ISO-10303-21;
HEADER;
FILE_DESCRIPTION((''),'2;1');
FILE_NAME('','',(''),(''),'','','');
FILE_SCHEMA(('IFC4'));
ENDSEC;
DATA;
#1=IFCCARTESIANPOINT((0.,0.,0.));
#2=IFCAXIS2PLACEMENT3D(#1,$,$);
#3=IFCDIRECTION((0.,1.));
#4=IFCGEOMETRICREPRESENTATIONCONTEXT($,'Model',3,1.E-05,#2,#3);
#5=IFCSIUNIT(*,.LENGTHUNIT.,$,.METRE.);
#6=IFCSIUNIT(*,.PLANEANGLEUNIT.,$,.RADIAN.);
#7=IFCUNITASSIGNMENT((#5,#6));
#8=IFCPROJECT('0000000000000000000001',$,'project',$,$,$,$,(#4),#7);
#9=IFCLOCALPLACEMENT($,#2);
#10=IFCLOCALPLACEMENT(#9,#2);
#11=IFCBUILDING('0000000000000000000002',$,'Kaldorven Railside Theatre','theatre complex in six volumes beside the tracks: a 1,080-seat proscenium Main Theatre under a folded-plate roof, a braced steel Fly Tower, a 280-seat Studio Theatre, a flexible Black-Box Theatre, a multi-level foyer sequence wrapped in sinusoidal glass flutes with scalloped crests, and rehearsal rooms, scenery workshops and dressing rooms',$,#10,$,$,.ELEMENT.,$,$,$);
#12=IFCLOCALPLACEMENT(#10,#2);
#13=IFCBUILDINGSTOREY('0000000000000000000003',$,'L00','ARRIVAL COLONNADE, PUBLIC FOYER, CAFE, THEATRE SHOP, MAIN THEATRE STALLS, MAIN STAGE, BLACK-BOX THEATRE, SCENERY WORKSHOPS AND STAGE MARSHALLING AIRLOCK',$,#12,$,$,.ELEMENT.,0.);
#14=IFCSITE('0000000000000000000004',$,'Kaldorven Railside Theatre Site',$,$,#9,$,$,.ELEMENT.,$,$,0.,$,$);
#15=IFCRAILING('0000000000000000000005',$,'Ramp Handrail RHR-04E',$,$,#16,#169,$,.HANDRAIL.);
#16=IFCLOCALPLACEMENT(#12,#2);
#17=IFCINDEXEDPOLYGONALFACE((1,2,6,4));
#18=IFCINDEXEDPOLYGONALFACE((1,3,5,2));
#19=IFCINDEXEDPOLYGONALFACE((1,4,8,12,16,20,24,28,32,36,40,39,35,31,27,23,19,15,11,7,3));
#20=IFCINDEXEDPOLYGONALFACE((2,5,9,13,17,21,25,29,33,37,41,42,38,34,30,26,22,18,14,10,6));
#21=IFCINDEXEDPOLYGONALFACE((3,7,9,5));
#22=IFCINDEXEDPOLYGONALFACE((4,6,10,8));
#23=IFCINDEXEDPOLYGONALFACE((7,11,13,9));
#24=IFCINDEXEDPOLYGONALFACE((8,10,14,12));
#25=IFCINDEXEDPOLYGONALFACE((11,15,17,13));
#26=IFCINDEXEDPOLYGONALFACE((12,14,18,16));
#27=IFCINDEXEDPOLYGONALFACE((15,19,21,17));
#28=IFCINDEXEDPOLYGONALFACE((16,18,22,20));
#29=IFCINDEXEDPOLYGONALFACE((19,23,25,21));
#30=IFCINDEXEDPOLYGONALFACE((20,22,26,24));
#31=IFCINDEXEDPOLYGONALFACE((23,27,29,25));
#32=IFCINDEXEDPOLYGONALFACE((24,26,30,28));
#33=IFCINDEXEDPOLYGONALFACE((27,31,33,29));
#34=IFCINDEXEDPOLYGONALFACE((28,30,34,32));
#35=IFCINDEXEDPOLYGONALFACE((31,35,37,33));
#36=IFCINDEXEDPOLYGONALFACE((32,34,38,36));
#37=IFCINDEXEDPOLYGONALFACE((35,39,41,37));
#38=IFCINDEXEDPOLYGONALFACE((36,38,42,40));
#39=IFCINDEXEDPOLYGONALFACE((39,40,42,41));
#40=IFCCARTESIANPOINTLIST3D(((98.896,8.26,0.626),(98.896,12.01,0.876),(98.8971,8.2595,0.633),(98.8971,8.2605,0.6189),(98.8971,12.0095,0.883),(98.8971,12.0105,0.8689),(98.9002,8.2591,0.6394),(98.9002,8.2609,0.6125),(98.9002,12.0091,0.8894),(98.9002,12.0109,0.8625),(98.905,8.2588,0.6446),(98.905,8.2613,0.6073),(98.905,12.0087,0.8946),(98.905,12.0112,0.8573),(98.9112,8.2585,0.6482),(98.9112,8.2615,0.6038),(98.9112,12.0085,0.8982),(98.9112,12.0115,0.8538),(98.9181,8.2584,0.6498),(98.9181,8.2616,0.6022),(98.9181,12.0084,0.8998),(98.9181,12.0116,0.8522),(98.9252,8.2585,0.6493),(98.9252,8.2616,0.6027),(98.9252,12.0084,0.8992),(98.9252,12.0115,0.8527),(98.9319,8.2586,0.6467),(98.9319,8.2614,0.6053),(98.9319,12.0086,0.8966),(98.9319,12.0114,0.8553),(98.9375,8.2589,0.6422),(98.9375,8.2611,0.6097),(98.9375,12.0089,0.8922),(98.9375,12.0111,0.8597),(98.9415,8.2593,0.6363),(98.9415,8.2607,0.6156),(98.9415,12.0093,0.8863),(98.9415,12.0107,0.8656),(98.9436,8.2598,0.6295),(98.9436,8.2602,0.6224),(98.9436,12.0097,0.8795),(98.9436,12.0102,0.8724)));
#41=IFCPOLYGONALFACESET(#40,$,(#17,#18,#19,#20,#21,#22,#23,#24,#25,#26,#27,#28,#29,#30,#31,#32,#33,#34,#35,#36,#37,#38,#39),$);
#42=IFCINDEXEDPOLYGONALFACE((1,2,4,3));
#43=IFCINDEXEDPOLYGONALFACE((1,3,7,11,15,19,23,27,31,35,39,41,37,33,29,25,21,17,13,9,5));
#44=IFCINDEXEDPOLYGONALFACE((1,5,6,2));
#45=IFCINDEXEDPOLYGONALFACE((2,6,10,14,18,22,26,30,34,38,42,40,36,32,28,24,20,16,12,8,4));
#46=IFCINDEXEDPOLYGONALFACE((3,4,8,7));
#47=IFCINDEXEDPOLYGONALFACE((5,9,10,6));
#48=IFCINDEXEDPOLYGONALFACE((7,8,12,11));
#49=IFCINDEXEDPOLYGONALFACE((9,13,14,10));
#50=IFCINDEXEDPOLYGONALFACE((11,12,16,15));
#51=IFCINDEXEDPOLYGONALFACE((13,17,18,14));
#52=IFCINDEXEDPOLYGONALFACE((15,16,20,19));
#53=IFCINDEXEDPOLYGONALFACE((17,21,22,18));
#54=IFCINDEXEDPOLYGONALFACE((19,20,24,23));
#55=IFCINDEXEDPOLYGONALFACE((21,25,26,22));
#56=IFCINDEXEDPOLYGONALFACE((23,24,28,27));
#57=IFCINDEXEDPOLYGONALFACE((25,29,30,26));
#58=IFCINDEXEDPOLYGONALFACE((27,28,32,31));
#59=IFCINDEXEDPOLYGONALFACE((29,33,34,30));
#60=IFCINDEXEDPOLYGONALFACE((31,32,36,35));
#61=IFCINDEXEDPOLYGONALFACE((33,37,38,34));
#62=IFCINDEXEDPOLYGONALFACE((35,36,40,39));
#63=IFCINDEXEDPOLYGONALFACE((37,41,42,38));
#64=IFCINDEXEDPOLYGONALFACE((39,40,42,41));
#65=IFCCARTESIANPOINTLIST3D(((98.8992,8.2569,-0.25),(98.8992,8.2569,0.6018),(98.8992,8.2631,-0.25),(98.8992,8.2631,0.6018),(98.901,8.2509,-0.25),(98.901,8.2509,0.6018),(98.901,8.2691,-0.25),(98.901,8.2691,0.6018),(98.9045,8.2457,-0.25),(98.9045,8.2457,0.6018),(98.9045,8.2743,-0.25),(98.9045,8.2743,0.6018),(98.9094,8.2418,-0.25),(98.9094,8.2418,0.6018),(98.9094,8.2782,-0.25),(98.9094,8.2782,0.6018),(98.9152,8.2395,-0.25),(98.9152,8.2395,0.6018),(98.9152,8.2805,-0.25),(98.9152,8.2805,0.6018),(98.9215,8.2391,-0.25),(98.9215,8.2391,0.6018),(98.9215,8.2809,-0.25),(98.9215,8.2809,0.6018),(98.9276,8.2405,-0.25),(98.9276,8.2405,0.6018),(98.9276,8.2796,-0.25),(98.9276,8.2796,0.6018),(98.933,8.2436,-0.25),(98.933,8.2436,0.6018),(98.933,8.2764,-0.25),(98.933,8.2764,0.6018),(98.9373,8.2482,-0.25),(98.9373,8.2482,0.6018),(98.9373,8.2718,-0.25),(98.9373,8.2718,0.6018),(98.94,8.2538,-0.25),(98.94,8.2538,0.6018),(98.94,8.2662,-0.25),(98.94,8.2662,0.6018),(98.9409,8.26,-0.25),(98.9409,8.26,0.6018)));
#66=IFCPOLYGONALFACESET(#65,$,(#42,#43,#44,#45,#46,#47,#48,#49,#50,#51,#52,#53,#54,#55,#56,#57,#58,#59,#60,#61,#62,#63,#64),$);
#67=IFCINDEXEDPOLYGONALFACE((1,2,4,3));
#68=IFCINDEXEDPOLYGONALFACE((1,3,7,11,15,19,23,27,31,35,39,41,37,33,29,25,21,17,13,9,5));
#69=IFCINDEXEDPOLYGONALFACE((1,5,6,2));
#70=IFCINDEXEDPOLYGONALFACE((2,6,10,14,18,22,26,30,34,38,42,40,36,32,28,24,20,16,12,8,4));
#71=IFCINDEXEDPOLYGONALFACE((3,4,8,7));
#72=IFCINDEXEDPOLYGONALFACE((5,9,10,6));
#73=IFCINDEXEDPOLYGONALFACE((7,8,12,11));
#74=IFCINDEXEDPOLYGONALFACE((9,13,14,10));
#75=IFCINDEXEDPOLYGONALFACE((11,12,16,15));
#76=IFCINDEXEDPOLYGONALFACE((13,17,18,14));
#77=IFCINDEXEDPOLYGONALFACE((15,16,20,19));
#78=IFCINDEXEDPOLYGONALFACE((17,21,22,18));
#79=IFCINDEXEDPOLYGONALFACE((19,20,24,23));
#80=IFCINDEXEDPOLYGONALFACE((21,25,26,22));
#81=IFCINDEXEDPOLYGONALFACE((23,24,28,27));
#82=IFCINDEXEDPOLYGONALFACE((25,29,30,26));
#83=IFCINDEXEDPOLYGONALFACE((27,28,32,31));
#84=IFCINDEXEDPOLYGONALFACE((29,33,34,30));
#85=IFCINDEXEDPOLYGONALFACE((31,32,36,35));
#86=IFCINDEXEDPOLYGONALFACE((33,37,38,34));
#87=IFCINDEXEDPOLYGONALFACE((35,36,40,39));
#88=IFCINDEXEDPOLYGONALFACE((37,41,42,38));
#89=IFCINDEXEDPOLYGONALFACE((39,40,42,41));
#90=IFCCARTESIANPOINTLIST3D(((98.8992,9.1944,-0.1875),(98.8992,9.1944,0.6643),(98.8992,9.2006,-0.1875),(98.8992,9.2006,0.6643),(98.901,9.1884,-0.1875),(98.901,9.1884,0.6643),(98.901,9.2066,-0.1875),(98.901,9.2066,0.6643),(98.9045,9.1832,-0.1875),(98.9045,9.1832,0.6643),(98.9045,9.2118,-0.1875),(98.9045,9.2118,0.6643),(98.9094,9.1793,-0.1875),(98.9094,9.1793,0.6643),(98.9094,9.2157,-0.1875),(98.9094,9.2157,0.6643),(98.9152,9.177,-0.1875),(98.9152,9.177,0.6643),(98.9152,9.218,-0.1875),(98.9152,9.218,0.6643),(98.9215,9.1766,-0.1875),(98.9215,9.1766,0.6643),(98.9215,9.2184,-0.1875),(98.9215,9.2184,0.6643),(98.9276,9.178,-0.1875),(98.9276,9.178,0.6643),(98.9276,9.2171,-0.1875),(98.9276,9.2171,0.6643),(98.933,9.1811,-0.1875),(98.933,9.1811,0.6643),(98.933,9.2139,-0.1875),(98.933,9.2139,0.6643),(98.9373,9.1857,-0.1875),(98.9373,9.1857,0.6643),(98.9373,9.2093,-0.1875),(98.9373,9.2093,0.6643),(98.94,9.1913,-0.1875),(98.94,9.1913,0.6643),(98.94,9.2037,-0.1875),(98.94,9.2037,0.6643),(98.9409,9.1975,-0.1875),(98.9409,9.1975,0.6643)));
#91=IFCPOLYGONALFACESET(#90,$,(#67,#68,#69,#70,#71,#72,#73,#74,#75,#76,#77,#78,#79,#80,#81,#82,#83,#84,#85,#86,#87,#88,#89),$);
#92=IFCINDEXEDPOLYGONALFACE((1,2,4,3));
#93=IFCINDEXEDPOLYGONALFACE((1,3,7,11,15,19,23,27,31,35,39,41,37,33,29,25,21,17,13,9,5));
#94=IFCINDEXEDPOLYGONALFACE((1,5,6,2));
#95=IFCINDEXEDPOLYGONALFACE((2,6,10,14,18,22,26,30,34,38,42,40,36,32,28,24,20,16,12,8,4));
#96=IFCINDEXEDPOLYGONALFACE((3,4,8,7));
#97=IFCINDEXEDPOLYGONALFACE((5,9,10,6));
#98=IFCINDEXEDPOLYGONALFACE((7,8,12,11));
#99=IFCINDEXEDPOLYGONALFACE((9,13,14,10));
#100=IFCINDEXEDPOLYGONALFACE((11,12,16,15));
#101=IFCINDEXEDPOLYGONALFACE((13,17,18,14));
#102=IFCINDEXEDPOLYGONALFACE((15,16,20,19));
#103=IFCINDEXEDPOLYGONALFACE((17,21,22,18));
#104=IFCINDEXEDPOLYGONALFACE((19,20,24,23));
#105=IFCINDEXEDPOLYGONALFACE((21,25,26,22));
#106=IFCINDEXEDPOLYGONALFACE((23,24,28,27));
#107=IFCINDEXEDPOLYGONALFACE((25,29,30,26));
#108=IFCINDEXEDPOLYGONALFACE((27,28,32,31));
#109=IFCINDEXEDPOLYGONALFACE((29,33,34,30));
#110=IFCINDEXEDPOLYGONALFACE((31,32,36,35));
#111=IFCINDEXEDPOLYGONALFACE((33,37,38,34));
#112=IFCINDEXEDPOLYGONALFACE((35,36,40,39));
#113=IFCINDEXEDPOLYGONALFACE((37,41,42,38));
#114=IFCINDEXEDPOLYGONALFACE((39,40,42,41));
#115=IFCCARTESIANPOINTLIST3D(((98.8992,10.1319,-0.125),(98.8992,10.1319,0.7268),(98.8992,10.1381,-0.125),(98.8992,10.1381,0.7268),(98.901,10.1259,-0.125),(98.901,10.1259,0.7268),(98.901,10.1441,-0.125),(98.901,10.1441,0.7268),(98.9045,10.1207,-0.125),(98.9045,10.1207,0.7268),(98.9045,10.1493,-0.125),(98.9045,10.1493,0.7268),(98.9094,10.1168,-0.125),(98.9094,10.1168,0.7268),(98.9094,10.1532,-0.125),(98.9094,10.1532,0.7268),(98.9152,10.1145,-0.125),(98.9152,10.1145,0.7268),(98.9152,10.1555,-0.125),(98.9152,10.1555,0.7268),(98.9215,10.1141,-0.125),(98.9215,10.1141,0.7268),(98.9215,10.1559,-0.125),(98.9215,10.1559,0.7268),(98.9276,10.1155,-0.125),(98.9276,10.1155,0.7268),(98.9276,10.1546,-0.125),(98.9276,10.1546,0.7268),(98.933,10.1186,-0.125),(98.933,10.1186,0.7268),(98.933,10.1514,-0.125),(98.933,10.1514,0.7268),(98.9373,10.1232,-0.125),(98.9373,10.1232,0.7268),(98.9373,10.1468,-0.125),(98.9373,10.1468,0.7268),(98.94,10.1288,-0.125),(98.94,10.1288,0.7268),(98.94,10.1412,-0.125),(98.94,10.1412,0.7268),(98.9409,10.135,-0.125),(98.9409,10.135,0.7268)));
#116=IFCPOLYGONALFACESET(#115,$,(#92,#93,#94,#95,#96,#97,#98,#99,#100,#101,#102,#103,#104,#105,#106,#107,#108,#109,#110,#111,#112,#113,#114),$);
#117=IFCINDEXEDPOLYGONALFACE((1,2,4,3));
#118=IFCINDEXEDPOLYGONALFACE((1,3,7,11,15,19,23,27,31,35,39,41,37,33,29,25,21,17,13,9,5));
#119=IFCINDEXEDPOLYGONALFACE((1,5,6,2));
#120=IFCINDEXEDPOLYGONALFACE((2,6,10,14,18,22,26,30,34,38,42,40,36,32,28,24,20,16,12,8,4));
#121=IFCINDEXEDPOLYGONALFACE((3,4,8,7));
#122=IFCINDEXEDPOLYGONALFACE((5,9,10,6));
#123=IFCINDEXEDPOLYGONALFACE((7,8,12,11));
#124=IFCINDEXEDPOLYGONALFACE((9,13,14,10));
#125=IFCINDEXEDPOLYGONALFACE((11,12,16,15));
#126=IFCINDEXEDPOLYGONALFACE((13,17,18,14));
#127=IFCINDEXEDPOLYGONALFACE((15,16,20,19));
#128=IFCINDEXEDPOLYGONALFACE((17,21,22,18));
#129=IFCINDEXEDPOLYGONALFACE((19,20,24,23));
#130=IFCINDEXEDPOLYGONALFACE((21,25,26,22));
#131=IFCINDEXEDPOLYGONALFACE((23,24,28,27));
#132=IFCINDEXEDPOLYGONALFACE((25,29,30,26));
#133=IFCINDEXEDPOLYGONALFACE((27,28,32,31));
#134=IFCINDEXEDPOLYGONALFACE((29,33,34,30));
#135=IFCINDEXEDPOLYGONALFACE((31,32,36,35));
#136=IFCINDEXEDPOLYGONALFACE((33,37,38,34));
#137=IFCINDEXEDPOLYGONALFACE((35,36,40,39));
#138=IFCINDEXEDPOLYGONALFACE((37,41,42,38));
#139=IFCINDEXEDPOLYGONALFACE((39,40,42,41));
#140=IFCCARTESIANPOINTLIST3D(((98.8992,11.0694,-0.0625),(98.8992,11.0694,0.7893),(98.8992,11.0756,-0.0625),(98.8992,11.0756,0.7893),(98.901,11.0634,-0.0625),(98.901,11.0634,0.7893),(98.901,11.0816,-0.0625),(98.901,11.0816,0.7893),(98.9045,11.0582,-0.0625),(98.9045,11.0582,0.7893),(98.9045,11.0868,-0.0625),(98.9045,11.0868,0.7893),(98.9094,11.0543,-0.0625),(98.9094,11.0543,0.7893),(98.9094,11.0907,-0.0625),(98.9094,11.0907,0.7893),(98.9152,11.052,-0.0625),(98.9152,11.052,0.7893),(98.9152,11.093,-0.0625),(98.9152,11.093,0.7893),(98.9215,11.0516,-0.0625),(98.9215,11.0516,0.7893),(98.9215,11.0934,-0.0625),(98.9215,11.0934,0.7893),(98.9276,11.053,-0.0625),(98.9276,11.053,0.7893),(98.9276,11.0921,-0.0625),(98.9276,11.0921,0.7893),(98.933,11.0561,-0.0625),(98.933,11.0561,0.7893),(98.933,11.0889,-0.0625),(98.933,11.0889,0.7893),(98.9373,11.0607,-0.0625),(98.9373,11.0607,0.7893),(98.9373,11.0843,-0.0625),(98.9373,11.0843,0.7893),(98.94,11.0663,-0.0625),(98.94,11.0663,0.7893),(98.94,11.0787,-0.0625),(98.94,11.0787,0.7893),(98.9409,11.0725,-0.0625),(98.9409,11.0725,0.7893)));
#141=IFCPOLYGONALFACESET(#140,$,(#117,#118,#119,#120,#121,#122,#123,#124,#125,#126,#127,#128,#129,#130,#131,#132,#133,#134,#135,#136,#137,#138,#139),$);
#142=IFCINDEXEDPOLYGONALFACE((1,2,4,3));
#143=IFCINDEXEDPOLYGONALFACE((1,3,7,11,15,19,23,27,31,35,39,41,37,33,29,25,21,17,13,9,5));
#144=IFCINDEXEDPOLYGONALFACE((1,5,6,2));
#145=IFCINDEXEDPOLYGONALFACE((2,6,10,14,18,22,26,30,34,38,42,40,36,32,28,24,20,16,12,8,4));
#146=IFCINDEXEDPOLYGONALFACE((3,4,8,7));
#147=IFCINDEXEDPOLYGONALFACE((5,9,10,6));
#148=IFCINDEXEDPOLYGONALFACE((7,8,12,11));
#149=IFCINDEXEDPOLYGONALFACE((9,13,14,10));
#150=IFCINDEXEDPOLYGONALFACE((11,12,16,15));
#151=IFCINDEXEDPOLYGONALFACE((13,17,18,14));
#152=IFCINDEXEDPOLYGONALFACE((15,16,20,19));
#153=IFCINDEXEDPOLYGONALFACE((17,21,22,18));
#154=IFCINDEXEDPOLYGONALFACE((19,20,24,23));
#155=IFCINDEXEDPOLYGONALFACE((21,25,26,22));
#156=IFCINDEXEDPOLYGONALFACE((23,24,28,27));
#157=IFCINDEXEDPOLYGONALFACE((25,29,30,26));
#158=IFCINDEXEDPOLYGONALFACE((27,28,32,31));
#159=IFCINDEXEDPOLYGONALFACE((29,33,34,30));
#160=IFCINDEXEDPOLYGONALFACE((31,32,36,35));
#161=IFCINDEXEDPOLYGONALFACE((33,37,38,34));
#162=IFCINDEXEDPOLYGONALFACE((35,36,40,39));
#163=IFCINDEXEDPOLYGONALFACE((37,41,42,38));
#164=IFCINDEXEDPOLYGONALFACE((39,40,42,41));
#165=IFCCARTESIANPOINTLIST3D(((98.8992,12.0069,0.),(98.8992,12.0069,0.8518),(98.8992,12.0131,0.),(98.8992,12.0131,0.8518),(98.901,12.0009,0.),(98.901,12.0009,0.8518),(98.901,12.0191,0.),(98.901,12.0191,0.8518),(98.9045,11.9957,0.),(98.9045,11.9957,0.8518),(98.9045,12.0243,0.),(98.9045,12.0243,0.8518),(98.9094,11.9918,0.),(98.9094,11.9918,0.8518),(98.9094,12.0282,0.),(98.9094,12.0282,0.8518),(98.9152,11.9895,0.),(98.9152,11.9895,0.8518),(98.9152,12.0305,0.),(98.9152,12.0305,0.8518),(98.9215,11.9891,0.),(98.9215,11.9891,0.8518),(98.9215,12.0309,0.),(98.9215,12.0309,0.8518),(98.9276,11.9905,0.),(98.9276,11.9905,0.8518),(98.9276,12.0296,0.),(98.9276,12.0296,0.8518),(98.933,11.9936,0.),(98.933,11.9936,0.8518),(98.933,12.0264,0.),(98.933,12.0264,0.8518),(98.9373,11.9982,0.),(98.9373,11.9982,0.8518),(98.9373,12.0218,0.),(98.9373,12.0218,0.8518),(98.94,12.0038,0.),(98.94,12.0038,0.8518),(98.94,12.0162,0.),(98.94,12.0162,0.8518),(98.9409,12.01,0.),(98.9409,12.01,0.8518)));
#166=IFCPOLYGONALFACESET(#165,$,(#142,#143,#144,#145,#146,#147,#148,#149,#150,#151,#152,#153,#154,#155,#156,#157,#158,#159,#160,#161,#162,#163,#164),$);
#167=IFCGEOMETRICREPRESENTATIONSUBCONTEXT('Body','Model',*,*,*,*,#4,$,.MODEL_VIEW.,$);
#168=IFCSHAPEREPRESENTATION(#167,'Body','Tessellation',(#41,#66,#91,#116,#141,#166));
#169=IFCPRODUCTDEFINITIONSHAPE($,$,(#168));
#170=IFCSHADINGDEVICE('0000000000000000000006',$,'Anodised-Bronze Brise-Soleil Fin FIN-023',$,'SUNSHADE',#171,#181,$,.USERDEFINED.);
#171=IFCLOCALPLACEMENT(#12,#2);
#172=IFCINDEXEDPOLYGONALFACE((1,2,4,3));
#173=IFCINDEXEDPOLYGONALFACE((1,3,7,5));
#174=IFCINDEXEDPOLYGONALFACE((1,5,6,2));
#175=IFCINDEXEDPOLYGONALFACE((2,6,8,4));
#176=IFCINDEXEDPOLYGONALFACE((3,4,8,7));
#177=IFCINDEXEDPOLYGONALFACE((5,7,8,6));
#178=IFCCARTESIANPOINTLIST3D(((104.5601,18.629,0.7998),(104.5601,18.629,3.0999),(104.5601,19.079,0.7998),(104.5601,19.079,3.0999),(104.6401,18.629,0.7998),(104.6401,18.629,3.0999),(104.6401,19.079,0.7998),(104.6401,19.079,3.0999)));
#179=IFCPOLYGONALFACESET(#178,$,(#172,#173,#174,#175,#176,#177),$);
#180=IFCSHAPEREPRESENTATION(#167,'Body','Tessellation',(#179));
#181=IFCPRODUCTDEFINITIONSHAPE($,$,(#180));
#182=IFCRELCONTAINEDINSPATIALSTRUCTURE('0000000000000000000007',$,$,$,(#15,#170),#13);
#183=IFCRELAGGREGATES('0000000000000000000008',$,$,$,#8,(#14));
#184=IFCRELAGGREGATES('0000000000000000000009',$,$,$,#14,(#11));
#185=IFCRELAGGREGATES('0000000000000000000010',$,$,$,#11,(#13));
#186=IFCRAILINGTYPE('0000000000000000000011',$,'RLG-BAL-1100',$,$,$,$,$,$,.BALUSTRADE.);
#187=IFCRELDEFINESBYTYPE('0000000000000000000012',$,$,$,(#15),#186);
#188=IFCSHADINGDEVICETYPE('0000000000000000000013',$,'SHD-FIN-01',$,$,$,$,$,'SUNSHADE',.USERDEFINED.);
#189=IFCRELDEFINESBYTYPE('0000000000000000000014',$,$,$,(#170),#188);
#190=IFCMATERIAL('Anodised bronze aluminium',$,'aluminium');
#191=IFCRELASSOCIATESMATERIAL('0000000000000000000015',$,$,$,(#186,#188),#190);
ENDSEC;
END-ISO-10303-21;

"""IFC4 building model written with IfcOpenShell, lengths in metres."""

from ifc_helpers import new_model, si_unit, direction, frame, origin, origin_2d, place, context, subcontext, project, spatial, rectangle, circle, extrude, material, type_object, element, save


model = new_model("IFC4")

# Units and contexts
model_context = context("Model", 3, precision=1e-05, world=origin(), true_north=direction((0.0, 1.0)))
body_context = subcontext(model_context, "Body", "Model", "MODEL_VIEW")
ifc_project = project(units=[si_unit("LENGTHUNIT", "METRE"), si_unit("PLANEANGLEUNIT", "RADIAN")], contexts=[model_context])

# Site, building, storey
site_placement = place(None, origin())
site = spatial("IfcSite", under=ifc_project, at=site_placement, Name="Kaldorven Railside Theatre Site", CompositionType="ELEMENT", RefElevation=0.0)
building_placement = place(site_placement, origin())
building = spatial("IfcBuilding", under=site, at=building_placement, Name="Kaldorven Railside Theatre", Description="theatre complex in six volumes beside the tracks: a 1,080-seat proscenium Main Theatre under a folded-plate roof, a braced steel Fly Tower, a 280-seat Studio Theatre, a flexible Black-Box Theatre, a multi-level foyer sequence wrapped in sinusoidal glass flutes with scalloped crests, and rehearsal rooms, scenery workshops and dressing rooms", CompositionType="ELEMENT")
storey_placement = place(building_placement, origin())
storey = spatial("IfcBuildingStorey", under=building, at=storey_placement, Name="L00", Description="ARRIVAL COLONNADE, PUBLIC FOYER, CAFE, THEATRE SHOP, MAIN THEATRE STALLS, MAIN STAGE, BLACK-BOX THEATRE, SCENERY WORKSHOPS AND STAGE MARSHALLING AIRLOCK", CompositionType="ELEMENT", Elevation=0.0)

# Railing
ifc_material_1 = material(Name="Anodised bronze aluminium", Category="aluminium")
railing_type = type_object("IfcRailingType", Name="RLG-BAL-1100", PredefinedType="BALUSTRADE", material=ifc_material_1)
for number, where, name in (
    (1, (98.9199, 8.26, -0.25), "Ramp Handrail RHR-04E"),
):
    element("IfcRailing", number, at=place(storey_placement, frame(where)), inside=storey, type_object=railing_type, Name=name, PredefinedType="HANDRAIL", context=body_context, shape_type="SweptSolid", body=[
        extrude(circle(Radius=0.0239, at=origin_2d()), frame((0.0, 0.0, 0.876), z_axis=(0.0, 0.997785, 0.066519), x_axis=(-1.0, 0.0, 0.0)), (0.0, 0.0, 1.0), 3.7583),
        extrude(circle(Radius=0.021, at=origin_2d()), origin(), (0.0, 0.0, 1.0), 0.8518),
        extrude(circle(Radius=0.021, at=origin_2d()), frame((0.0, 0.9375, 0.0625)), (0.0, 0.0, 1.0), 0.8518),
        extrude(circle(Radius=0.021, at=origin_2d()), frame((0.0, 1.875, 0.125)), (0.0, 0.0, 1.0), 0.8518),
        extrude(circle(Radius=0.021, at=origin_2d()), frame((0.0, 2.8125, 0.1875)), (0.0, 0.0, 1.0), 0.8518),
        extrude(circle(Radius=0.021, at=origin_2d()), frame((0.0, 3.75, 0.25)), (0.0, 0.0, 1.0), 0.8518),
    ])

# Shading device
shading_device_type = type_object("IfcShadingDeviceType", Name="SHD-FIN-01", ElementType="SUNSHADE", PredefinedType="USERDEFINED", material=ifc_material_1)
shading_device_placement = place(storey_placement, frame((104.6001, 18.854, 0.7998), z_axis=(0.0, 0.0, 1.0), x_axis=(-1.0, 0.0, 0.0)))
element("IfcShadingDevice", 2, at=shading_device_placement, inside=storey, type_object=shading_device_type, Name="Anodised-Bronze Brise-Soleil Fin FIN-023", ObjectType="SUNSHADE", PredefinedType="USERDEFINED", context=body_context, shape_type="SweptSolid", body=[
    extrude(rectangle(XDim=0.0801, YDim=0.45, at=origin_2d()), origin(), (0.0, 0.0, 1.0), 2.3),
])

save(model, "model.ifc")
